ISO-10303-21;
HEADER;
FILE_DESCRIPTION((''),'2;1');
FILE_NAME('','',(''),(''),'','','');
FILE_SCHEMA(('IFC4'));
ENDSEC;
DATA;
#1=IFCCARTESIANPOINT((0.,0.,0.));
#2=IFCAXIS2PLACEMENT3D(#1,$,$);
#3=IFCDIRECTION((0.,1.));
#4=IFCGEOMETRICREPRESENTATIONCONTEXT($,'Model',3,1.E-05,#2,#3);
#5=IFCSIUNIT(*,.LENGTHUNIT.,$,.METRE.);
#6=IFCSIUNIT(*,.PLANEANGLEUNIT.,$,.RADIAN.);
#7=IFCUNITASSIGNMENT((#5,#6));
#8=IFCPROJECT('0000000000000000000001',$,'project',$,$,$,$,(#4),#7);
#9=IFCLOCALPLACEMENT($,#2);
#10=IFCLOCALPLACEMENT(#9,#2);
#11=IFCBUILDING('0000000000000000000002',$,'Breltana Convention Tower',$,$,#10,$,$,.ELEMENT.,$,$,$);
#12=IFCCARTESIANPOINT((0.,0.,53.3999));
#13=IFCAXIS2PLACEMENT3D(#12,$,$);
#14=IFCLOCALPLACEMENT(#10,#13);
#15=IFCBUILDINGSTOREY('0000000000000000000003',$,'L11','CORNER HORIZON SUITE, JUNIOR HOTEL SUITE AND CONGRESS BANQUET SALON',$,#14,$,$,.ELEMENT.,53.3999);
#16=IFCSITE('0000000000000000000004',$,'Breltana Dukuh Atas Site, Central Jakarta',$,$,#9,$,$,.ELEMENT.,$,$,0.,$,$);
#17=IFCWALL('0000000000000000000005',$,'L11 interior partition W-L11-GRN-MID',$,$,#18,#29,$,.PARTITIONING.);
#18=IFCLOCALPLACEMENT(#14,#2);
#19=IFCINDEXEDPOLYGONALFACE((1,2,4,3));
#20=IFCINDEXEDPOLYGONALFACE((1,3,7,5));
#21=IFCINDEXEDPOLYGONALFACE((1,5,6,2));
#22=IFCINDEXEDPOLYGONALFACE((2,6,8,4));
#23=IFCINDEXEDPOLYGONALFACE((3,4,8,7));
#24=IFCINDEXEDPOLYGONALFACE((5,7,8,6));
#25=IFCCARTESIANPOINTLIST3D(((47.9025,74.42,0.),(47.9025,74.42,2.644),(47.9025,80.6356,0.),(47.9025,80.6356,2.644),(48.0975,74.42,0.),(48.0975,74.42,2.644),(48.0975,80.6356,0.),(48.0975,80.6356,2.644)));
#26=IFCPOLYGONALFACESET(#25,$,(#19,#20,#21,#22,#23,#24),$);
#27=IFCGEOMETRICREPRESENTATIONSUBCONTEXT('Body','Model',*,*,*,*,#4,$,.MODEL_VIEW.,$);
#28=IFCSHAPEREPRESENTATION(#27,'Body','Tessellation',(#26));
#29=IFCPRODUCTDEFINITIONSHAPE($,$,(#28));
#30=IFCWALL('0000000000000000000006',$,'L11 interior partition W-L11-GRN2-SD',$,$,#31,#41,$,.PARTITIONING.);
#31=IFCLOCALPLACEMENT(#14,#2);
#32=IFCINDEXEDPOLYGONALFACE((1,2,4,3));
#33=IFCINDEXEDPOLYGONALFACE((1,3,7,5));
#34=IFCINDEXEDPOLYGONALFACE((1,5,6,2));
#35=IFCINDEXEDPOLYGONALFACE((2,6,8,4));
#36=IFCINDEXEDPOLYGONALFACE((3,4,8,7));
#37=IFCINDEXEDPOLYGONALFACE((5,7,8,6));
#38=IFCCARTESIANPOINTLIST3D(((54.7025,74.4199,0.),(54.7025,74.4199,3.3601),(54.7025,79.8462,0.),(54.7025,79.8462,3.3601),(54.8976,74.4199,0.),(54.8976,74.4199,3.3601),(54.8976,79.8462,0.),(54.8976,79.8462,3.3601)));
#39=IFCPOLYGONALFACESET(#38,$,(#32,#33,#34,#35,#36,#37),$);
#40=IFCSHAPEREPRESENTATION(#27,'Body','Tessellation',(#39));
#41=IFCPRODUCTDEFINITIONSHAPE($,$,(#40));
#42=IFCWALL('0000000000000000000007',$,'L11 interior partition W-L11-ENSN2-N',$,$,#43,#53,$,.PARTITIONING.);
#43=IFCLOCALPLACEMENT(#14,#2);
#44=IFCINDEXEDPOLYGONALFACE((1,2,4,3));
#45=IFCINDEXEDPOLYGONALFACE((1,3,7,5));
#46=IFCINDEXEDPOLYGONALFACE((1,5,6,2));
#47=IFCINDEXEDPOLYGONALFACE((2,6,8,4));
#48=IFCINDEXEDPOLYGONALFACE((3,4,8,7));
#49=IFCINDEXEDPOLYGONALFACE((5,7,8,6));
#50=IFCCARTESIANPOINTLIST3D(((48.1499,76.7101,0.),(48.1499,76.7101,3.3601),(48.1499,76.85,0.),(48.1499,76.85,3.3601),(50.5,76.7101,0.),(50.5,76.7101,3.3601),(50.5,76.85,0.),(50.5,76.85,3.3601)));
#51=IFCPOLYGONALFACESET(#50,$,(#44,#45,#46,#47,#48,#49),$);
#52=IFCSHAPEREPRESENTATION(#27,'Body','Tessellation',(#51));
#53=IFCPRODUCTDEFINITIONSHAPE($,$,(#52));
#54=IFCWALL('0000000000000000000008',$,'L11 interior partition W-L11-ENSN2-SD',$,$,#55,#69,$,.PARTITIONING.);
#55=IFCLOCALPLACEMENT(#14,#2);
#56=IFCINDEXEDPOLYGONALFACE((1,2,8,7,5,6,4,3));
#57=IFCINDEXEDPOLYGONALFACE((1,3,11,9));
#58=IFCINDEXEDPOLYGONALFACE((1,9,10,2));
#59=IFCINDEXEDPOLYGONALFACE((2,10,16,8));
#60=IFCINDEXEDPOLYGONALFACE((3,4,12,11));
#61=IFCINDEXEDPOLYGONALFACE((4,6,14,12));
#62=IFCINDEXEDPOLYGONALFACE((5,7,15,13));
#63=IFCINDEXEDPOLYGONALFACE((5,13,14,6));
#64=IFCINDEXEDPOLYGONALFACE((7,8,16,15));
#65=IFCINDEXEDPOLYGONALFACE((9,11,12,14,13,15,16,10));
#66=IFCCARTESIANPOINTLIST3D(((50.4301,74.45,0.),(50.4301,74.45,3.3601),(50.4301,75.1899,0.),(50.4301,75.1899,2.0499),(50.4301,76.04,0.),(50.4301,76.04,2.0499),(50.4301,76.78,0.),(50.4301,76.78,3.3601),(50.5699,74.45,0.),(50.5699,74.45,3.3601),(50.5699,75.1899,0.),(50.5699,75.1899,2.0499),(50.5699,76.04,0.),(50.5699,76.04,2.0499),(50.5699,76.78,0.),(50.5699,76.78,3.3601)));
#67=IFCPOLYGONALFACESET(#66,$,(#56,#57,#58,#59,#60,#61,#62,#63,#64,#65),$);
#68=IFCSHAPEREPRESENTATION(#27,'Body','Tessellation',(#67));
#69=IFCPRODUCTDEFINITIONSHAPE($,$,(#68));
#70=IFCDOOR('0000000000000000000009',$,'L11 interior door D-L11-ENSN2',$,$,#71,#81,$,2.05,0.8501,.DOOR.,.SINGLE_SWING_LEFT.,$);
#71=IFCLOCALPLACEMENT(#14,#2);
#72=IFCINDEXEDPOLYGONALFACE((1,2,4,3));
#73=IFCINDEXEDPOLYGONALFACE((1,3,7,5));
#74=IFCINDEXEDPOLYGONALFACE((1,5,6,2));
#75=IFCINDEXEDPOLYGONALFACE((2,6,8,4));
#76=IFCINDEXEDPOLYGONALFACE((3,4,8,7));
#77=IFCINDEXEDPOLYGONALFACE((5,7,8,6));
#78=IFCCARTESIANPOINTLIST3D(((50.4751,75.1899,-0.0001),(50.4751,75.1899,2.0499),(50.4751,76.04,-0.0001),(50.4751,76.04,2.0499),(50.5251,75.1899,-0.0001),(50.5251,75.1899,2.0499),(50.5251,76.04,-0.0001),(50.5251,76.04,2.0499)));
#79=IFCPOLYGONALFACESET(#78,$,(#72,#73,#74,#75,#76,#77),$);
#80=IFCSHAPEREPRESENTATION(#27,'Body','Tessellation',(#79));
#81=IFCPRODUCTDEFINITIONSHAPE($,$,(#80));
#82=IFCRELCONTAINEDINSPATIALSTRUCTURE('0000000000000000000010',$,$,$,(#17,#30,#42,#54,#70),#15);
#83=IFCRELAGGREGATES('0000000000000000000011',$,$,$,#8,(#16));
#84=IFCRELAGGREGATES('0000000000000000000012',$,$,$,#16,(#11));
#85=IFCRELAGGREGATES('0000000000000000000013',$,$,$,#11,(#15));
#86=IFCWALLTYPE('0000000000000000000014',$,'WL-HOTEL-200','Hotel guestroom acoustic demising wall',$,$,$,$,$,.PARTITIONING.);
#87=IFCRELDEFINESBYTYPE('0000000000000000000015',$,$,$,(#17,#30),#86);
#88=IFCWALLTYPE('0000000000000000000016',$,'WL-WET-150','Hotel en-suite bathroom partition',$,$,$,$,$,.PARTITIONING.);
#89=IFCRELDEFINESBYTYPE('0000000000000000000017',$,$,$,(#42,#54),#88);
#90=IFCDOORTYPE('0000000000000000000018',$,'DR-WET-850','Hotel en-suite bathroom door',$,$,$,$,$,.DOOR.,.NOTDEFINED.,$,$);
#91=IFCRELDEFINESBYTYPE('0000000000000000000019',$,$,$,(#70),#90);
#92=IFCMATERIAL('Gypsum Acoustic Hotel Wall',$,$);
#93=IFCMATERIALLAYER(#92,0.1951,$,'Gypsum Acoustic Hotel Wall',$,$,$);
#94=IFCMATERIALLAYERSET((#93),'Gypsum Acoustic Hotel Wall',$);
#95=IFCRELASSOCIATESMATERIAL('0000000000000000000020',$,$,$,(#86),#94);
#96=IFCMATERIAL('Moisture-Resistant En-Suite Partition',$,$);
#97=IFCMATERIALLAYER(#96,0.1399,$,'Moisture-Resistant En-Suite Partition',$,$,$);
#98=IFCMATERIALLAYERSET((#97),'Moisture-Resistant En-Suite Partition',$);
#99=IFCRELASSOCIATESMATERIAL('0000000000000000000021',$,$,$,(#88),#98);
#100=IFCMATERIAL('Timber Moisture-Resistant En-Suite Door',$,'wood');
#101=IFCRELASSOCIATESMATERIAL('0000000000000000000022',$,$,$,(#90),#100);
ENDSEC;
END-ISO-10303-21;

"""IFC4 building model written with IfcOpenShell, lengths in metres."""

from ifc_helpers import new_model, si_unit, direction, frame, frame_2d, origin, place, context, subcontext, project, spatial, rectangle, extrude, source, transform, mapped, material, layer, layer_set, type_object, type_shapes, element, fill, save


model = new_model("IFC4")

# Units and contexts
model_context = context("Model", 3, precision=1e-05, world=origin(), true_north=direction((0.0, 1.0)))
body_context = subcontext(model_context, "Body", "Model", "MODEL_VIEW")
ifc_project = project(units=[si_unit("LENGTHUNIT", "METRE"), si_unit("PLANEANGLEUNIT", "RADIAN")], contexts=[model_context])

# Site, building, storey
site_placement = place(None, origin())
site = spatial("IfcSite", under=ifc_project, at=site_placement, Name="Breltana Dukuh Atas Site, Central Jakarta", CompositionType="ELEMENT", RefElevation=0.0)
building_placement = place(site_placement, origin())
building = spatial("IfcBuilding", under=site, at=building_placement, Name="Breltana Convention Tower", CompositionType="ELEMENT")
storey_placement = place(building_placement, frame((0.0, 0.0, 53.3999)))
storey = spatial("IfcBuildingStorey", under=building, at=storey_placement, Name="L11", Description="CORNER HORIZON SUITE, JUNIOR HOTEL SUITE AND CONGRESS BANQUET SALON", CompositionType="ELEMENT", Elevation=53.3999)

# Shared definitions
ifc_material_1 = material(Name="Gypsum Acoustic Hotel Wall")
ifc_layer_1 = layer(ifc_material_1, 0.1951, Name="Gypsum Acoustic Hotel Wall")
ifc_layer_set_1 = layer_set([ifc_layer_1], Name="Gypsum Acoustic Hotel Wall")
wall_type_1 = type_object("IfcWallType", Name="WL-HOTEL-200", Description="Hotel guestroom acoustic demising wall", PredefinedType="PARTITIONING", material=ifc_layer_set_1)

# Walls
shared_shape_1 = source(origin(), body_context, "Body", "SweptSolid", [
    extrude(rectangle(XDim=6.2156, YDim=0.1951, at=frame_2d((3.1079, 0.0))), origin(), (0.0, 0.0, 1.0), 2.644),
])
wall_1_placement = place(storey_placement, frame((48.0, 74.4199, 0.0), z_axis=(0.0, 0.0, 1.0), x_axis=(0.0, 1.0, 0.0)))
element("IfcWall", 1, at=wall_1_placement, inside=storey, type_object=wall_type_1, Name="L11 interior partition W-L11-GRN-MID", PredefinedType="PARTITIONING", context=body_context, shape_type="MappedRepresentation", body=[
    mapped(shared_shape_1, transform((0.0, 0.0, 0.0), scale=1.0)),
])
shared_shape_2 = source(origin(), body_context, "Body", "SweptSolid", [
    extrude(rectangle(XDim=5.4263, YDim=0.1951, at=frame_2d((2.7131, 0.0))), origin(), (0.0, 0.0, 1.0), 3.3601),
])
wall_2_placement = place(storey_placement, frame((54.8, 74.4199, 0.0), z_axis=(0.0, 0.0, 1.0), x_axis=(0.0, 1.0, 0.0)))
element("IfcWall", 2, at=wall_2_placement, inside=storey, type_object=wall_type_1, Name="L11 interior partition W-L11-GRN2-SD", PredefinedType="PARTITIONING", context=body_context, shape_type="MappedRepresentation", body=[
    mapped(shared_shape_2, transform((0.0, 0.0, 0.0), scale=1.0)),
])
ifc_material_2 = material(Name="Moisture-Resistant En-Suite Partition")
ifc_layer_2 = layer(ifc_material_2, 0.1399, Name="Moisture-Resistant En-Suite Partition")
ifc_layer_set_2 = layer_set([ifc_layer_2], Name="Moisture-Resistant En-Suite Partition")
wall_type_2 = type_object("IfcWallType", Name="WL-WET-150", Description="Hotel en-suite bathroom partition", PredefinedType="PARTITIONING", material=ifc_layer_set_2)
shared_shape_3 = source(origin(), body_context, "Body", "SweptSolid", [
    extrude(rectangle(XDim=2.3501, YDim=0.1399, at=frame_2d((1.175, 0.0))), origin(), (0.0, 0.0, 1.0), 3.3601),
])
type_shapes(wall_type_2, [shared_shape_3])
wall_3_placement = place(storey_placement, frame((48.1499, 76.78, 0.0), z_axis=(0.0, 0.0, 1.0), x_axis=(1.0, 0.0, 0.0)))
element("IfcWall", 3, at=wall_3_placement, inside=storey, type_object=wall_type_2, Name="L11 interior partition W-L11-ENSN2-N", PredefinedType="PARTITIONING", context=body_context, shape_type="MappedRepresentation", body=[
    mapped(shared_shape_3, transform((0.0, 0.0, 0.0), scale=1.0)),
])

# Wall, opening, door
shared_shape_4 = source(origin(), body_context, "Body", "SweptSolid", [
    extrude(rectangle(XDim=2.3301, YDim=0.1399, at=frame_2d((1.165, 0.0))), origin(), (0.0, 0.0, 1.0), 3.3601),
])
wall_4_placement = place(storey_placement, frame((50.5, 74.45, 0.0), z_axis=(0.0, 0.0, 1.0), x_axis=(0.0, 1.0, 0.0)))
wall_4 = element("IfcWall", 4, at=wall_4_placement, inside=storey, type_object=wall_type_2, Name="L11 interior partition W-L11-ENSN2-SD", PredefinedType="PARTITIONING", context=body_context, shape_type="MappedRepresentation", body=[
    mapped(shared_shape_4, transform((0.0, 0.0, 0.0), scale=1.0)),
])
opening_1_placement = place(wall_4_placement, frame((0.74, 0.0, 0.0)))
opening_1 = element("IfcOpeningElement", 5, at=opening_1_placement, cuts=wall_4, PredefinedType="OPENING", context=body_context, shape_type="SweptSolid", body=[
    extrude(rectangle(XDim=0.8501, YDim=2.05, at=frame_2d((0.425, 1.0249))), frame((0.0, 0.0801, 0.0), z_axis=(0.0, -1.0, 0.0), x_axis=(1.0, 0.0, 0.0)), (0.0, 0.0, 1.0), 0.1599),
])
ifc_material_3 = material(Name="Timber Moisture-Resistant En-Suite Door", Category="wood")
door_type_1 = type_object("IfcDoorType", Name="DR-WET-850", Description="Hotel en-suite bathroom door", OperationType="NOTDEFINED", PredefinedType="DOOR", material=ifc_material_3)
shared_shape_5 = source(origin(), body_context, "Body", "SweptSolid", [
    extrude(rectangle(XDim=0.8501, YDim=2.05, at=frame_2d((0.425, 1.0249))), frame((0.0, 0.0249, 0.0), z_axis=(0.0, -1.0, 0.0), x_axis=(1.0, 0.0, 0.0)), (0.0, 0.0, 1.0), 0.05),
])
type_shapes(door_type_1, [shared_shape_5])
door_1_placement = place(opening_1_placement, origin())
door_1 = element("IfcDoor", 6, at=door_1_placement, inside=storey, type_object=door_type_1, Name="L11 interior door D-L11-ENSN2", OperationType="SINGLE_SWING_LEFT", OverallHeight=2.05, OverallWidth=0.8501, PredefinedType="DOOR", context=body_context, shape_type="MappedRepresentation", body=[
    mapped(shared_shape_5, transform((0.0, 0.0, 0.0), scale=1.0)),
])
fill(opening_1, door_1)

save(model, "model.ifc")
